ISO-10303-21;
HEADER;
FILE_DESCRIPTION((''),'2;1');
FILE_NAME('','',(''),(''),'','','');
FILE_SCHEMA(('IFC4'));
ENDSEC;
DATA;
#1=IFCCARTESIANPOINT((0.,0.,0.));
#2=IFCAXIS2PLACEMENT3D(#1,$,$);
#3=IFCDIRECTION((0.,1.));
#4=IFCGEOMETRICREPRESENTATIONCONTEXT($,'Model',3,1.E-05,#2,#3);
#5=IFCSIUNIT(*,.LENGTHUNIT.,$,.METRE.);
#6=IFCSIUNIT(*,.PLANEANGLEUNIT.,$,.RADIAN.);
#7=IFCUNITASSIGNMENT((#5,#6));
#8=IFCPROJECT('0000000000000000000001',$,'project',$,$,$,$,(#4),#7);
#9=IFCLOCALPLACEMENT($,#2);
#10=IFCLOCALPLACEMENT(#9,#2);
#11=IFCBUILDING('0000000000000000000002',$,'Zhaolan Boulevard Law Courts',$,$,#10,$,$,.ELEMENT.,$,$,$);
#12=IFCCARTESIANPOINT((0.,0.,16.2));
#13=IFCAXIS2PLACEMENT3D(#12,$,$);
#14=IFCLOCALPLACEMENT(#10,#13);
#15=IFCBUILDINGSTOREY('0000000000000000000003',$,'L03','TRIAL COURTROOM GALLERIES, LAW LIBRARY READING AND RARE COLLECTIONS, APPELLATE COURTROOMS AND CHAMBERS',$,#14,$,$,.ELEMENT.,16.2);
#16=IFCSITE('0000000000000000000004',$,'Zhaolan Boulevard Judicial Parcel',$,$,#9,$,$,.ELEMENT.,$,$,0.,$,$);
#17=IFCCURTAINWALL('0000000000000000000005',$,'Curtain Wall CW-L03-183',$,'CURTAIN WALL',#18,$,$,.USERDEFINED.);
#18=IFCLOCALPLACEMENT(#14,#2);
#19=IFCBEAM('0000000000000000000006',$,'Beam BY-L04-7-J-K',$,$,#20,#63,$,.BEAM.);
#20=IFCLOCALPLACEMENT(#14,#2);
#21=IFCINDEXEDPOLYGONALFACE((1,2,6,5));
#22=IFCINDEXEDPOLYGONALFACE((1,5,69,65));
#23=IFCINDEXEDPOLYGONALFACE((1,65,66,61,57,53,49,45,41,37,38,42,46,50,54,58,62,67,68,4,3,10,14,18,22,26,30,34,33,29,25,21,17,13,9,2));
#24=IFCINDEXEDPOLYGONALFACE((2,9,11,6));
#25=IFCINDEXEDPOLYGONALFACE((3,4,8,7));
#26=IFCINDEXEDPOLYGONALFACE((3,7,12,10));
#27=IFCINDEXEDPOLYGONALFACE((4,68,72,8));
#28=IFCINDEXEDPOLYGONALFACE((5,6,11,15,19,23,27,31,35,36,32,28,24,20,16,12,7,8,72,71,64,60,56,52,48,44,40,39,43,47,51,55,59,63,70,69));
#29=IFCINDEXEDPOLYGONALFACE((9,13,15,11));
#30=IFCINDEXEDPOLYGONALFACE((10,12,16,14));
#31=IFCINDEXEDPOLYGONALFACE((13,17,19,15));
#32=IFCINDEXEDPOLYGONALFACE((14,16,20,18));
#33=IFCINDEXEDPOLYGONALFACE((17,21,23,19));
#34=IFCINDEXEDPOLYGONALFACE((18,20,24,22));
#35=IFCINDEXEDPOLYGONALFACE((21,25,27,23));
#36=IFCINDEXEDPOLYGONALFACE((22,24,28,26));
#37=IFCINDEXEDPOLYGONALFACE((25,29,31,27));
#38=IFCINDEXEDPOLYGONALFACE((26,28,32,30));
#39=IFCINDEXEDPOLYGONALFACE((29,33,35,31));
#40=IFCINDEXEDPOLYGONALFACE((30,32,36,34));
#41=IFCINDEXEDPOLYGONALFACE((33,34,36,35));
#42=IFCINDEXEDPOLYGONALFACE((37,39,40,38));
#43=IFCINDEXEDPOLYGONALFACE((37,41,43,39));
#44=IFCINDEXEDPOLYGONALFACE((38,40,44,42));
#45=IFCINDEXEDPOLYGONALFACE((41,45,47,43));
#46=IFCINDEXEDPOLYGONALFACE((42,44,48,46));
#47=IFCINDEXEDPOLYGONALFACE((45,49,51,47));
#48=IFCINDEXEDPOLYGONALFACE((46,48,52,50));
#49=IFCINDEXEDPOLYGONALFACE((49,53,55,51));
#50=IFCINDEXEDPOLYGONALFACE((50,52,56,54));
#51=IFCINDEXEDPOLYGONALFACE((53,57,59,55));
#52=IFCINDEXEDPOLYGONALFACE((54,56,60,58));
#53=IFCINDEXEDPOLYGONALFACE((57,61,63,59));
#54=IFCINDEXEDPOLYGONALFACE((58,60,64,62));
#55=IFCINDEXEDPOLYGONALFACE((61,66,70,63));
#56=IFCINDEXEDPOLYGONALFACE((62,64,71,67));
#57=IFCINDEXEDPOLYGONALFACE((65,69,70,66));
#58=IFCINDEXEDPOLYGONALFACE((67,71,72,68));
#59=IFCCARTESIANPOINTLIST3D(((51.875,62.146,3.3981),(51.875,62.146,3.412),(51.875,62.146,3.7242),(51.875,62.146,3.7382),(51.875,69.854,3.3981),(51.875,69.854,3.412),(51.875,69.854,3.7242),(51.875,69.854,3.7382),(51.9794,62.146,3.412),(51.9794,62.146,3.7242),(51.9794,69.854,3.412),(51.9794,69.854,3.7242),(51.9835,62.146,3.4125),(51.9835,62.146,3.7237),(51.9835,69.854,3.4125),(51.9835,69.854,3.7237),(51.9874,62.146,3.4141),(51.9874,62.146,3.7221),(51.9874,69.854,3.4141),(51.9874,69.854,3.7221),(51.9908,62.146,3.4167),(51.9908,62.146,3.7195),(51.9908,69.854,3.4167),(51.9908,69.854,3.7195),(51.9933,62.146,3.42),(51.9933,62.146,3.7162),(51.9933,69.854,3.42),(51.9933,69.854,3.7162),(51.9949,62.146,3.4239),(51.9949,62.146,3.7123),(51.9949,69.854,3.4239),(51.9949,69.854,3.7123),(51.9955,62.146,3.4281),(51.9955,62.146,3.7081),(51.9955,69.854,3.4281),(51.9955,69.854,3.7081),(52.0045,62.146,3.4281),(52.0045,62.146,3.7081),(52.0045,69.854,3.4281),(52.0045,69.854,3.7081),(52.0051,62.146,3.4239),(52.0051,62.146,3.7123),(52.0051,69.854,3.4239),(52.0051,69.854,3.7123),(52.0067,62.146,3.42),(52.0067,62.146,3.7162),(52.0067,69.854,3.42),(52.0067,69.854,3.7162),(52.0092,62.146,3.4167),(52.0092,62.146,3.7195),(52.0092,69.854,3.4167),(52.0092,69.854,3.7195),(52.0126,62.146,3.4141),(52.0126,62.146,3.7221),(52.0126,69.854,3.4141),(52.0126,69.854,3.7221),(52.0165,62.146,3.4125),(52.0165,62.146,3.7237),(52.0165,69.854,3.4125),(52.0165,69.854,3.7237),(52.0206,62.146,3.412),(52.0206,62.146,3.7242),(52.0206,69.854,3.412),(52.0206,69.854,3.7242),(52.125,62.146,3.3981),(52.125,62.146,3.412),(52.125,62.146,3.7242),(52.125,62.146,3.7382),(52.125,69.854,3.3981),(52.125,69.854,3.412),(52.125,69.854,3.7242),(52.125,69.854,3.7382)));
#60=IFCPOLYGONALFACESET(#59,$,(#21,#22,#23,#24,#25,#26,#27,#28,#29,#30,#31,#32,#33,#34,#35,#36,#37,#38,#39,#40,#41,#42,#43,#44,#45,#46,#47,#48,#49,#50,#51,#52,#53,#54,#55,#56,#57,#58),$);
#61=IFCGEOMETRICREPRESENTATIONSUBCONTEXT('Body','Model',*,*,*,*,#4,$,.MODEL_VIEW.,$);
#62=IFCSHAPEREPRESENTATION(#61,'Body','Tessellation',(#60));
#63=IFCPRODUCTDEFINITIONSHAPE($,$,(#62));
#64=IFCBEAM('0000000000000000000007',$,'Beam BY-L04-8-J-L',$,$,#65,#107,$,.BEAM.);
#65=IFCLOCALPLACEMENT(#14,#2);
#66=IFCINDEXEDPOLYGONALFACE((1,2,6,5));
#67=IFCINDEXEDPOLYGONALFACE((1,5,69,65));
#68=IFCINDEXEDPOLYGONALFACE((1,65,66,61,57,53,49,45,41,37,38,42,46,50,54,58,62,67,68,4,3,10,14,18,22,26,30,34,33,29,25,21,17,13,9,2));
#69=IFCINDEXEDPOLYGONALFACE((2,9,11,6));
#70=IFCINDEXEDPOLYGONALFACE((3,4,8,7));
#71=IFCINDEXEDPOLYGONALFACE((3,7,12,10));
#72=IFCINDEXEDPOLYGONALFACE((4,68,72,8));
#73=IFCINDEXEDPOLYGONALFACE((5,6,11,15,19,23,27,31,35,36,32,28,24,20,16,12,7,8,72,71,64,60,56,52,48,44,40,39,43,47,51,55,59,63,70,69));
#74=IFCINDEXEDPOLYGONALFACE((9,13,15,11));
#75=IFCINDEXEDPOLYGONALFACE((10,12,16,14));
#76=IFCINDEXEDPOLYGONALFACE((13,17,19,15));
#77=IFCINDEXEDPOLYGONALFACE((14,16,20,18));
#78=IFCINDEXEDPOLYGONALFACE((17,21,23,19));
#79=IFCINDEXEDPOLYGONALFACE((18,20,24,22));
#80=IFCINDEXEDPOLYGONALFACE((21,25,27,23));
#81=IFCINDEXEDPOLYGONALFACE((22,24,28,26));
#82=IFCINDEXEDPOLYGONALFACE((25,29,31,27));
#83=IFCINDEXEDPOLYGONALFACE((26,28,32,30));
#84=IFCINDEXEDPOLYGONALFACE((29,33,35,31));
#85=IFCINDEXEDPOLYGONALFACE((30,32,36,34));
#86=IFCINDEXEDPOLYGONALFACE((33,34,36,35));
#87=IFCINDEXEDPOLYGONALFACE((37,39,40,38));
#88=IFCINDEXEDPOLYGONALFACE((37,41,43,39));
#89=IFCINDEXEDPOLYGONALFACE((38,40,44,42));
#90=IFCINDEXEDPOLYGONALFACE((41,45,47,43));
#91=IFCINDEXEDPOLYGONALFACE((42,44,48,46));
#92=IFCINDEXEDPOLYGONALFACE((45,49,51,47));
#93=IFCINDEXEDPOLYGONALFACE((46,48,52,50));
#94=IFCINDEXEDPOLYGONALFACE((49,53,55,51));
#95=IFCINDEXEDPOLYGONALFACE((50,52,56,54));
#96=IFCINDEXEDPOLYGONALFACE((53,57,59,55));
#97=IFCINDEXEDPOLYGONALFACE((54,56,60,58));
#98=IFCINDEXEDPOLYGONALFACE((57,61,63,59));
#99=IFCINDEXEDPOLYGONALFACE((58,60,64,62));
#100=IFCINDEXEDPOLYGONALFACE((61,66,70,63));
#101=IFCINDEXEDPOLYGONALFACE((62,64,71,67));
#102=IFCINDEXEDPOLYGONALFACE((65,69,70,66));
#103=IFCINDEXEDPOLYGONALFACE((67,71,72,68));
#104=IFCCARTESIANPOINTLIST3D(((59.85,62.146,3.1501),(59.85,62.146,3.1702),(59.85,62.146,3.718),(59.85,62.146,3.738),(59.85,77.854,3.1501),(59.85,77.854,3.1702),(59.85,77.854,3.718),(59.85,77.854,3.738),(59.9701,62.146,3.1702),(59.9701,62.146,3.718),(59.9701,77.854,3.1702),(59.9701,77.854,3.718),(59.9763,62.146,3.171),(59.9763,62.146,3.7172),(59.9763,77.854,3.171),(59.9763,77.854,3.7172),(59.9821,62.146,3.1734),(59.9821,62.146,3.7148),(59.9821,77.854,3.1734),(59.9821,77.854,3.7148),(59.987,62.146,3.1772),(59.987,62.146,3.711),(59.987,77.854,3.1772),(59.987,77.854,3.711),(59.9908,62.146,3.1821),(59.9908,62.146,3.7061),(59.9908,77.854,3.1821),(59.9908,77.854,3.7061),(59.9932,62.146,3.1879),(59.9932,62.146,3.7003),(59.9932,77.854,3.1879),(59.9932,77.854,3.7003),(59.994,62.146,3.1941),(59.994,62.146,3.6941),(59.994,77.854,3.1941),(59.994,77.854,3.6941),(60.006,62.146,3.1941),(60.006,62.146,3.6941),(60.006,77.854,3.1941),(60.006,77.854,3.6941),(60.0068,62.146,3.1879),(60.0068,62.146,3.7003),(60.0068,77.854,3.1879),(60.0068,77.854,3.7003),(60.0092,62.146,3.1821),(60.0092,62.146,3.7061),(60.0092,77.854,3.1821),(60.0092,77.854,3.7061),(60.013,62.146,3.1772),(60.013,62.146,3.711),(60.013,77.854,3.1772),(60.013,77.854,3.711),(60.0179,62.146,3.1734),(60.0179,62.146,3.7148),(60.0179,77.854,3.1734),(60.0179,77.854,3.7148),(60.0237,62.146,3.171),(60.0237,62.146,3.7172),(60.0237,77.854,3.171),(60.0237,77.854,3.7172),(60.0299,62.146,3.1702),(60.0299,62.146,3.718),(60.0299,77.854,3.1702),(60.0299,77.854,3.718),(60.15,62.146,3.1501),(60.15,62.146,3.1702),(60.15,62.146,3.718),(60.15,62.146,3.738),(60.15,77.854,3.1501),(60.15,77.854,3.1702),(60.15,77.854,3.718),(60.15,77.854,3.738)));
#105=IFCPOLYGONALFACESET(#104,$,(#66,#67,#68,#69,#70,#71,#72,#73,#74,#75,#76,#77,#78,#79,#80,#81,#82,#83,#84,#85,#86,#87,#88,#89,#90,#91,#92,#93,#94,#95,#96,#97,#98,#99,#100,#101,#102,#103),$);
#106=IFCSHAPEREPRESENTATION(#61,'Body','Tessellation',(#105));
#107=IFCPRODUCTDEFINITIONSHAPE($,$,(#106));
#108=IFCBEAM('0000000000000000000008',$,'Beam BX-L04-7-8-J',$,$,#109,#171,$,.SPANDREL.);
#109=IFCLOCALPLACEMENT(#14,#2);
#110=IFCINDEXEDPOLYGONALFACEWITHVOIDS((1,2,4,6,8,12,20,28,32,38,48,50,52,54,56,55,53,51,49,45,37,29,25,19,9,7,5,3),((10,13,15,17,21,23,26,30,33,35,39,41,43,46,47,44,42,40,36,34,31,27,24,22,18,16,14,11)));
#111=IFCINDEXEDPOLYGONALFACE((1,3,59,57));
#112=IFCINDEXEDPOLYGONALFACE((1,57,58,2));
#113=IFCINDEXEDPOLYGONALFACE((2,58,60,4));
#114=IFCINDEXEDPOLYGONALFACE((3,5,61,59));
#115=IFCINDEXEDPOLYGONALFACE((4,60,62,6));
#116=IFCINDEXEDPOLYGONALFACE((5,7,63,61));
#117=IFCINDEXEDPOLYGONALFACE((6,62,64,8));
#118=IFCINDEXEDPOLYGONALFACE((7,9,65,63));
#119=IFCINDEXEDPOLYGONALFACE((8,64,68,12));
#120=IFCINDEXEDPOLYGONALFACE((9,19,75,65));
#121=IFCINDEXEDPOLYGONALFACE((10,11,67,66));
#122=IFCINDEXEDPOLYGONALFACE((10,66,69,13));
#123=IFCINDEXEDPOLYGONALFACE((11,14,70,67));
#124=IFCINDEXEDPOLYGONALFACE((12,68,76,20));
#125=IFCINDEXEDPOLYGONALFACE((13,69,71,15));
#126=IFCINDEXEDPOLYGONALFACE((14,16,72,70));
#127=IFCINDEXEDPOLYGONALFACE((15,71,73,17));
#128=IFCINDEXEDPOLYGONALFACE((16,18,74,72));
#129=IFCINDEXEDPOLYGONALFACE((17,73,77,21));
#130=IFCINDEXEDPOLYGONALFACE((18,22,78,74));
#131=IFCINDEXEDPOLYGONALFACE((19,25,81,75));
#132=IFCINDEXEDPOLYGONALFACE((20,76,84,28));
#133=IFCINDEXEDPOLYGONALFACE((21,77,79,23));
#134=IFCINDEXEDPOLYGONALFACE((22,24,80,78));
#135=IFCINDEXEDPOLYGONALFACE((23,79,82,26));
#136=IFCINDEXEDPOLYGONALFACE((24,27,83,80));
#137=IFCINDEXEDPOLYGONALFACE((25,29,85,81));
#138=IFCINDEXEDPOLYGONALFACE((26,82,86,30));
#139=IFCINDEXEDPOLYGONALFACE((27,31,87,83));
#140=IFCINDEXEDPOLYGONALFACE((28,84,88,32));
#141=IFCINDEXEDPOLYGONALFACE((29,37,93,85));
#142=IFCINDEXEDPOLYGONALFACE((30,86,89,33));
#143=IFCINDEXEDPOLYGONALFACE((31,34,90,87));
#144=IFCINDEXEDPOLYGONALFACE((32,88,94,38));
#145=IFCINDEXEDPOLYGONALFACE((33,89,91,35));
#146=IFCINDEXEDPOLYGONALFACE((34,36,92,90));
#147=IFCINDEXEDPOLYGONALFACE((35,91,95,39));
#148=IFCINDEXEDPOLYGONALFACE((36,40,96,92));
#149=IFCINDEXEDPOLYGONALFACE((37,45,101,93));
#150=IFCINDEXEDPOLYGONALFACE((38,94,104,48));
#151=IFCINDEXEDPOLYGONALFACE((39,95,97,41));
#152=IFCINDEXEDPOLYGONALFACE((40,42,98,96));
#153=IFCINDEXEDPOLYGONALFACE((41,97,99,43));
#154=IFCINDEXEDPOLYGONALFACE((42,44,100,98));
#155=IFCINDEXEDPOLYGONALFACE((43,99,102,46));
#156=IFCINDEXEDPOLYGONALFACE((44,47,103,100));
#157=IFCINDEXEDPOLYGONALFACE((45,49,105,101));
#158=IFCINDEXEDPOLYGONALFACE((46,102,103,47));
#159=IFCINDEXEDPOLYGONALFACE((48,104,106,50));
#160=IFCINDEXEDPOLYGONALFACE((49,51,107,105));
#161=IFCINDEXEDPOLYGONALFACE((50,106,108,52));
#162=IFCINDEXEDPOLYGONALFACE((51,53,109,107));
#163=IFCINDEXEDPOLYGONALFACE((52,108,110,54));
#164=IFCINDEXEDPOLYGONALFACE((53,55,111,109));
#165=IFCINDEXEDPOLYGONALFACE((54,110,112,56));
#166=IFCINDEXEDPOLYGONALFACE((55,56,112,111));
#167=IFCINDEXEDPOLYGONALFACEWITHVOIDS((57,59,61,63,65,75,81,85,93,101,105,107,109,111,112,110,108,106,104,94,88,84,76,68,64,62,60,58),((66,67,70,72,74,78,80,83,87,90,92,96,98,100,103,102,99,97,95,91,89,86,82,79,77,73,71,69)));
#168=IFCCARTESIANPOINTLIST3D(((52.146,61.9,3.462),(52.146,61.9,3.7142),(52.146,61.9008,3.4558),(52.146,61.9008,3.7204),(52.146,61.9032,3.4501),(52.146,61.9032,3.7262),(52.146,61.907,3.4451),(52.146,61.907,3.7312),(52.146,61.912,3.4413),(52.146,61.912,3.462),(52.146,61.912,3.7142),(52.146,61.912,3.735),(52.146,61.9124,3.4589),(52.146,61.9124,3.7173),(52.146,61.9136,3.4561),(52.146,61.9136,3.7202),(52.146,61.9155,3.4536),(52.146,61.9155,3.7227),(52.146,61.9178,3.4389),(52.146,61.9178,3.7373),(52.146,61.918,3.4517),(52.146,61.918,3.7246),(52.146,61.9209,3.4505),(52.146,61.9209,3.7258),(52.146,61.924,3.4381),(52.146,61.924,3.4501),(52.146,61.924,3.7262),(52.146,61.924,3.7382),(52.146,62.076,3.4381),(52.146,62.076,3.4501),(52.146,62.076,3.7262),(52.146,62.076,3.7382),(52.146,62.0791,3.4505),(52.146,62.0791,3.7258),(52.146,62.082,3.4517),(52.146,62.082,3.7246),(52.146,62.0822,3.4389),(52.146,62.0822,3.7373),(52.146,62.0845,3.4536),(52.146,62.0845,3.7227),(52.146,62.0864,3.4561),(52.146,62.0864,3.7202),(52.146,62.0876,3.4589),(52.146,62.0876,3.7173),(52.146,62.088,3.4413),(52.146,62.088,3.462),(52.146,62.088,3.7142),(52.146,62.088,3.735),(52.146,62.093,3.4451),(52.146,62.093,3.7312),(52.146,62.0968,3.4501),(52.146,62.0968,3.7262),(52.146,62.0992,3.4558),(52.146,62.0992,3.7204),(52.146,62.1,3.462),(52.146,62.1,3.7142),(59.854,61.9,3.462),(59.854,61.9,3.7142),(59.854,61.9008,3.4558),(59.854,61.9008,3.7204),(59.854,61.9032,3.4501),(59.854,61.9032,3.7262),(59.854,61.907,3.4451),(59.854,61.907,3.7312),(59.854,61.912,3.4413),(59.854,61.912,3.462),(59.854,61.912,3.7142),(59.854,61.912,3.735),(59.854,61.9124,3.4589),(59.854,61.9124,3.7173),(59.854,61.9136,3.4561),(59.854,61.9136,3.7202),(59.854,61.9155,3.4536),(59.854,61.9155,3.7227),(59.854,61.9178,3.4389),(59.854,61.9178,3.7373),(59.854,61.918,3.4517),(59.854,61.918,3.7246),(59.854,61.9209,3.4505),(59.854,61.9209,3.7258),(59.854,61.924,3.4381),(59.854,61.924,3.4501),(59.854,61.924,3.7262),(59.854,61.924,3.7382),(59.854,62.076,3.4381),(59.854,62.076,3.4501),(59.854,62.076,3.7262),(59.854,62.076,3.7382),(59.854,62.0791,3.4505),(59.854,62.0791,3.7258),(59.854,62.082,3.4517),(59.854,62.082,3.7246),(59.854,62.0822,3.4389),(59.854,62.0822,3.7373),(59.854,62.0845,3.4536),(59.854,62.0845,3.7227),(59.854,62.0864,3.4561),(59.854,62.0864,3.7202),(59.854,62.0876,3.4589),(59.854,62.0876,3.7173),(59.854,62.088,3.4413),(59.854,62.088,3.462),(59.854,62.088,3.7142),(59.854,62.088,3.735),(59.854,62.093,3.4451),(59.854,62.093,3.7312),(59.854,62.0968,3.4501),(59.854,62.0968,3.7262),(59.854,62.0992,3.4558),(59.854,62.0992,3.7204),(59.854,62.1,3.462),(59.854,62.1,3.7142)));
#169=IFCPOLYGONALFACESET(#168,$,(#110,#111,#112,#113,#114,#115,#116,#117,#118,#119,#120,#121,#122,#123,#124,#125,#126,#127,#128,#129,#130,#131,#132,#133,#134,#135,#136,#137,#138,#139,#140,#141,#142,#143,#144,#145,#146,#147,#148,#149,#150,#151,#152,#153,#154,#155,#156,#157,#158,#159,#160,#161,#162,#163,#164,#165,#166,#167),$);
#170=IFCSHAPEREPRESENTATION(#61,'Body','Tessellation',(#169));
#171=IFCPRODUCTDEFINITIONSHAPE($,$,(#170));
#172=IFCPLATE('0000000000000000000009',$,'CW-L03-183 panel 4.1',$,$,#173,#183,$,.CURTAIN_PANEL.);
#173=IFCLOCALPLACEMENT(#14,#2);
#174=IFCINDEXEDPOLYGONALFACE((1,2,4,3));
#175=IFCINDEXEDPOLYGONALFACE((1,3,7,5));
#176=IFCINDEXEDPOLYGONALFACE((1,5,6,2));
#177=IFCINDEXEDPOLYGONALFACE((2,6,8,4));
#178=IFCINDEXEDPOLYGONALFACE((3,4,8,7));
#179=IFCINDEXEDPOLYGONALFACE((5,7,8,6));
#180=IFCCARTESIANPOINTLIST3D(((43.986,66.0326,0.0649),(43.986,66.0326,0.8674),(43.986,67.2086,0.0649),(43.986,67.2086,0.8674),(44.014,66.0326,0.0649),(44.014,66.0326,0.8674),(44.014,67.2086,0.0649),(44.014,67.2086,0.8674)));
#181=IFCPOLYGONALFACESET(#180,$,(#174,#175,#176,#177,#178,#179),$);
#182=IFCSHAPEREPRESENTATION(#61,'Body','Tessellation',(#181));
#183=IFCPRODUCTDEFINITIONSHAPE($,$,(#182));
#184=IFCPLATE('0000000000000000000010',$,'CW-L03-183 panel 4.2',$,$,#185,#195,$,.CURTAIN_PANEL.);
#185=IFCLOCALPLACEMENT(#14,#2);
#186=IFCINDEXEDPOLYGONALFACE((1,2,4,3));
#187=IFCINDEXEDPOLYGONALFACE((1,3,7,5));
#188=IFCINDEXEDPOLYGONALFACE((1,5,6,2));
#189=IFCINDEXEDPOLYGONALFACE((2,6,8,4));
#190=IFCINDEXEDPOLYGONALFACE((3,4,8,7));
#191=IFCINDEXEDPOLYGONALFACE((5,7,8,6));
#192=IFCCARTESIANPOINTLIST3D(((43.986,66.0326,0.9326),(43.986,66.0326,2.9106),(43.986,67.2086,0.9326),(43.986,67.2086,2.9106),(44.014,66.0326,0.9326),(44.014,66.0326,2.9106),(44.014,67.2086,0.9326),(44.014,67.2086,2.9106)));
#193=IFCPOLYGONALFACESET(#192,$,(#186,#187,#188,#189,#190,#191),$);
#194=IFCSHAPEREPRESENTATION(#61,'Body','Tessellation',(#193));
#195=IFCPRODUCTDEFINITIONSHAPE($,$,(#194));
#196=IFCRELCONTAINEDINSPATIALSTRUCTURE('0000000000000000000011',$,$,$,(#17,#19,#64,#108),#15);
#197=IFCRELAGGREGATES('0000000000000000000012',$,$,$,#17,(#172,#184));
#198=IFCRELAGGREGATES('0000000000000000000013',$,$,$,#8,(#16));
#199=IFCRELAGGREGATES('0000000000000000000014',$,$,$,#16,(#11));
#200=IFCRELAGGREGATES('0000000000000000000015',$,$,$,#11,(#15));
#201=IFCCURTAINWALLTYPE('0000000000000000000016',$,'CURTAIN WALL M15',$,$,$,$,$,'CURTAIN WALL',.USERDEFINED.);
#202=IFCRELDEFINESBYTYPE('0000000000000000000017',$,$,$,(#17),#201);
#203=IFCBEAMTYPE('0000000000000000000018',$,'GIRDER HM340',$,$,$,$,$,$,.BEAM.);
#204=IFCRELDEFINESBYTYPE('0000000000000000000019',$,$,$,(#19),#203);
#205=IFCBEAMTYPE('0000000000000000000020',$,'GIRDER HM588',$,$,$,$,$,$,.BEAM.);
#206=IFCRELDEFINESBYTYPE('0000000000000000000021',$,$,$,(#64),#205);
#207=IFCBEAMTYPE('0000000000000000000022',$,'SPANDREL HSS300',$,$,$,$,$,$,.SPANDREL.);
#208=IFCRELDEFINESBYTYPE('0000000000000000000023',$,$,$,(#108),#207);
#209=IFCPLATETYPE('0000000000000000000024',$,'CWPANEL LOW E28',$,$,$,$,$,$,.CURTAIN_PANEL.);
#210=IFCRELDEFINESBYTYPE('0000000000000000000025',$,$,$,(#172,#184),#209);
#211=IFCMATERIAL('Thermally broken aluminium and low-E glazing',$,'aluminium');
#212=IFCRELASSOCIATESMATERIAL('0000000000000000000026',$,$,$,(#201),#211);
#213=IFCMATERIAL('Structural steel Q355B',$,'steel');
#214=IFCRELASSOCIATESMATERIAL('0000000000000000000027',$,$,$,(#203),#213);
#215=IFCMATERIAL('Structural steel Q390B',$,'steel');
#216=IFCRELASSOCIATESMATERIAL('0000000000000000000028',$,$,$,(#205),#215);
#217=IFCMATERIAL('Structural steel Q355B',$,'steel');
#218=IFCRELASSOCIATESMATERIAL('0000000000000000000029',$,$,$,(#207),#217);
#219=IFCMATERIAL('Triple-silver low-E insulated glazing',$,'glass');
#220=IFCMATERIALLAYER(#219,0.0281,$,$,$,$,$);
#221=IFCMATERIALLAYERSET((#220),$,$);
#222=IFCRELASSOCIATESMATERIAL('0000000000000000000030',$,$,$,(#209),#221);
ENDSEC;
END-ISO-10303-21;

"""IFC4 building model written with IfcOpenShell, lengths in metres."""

from ifc_helpers import new_model, si_unit, direction, frame, origin, origin_2d, place, context, subcontext, project, spatial, rectangle, hollow_rectangle, i_section, extrude, material, layer, layer_set, material_profile, profile_set, type_object, element, aggregate, save


model = new_model("IFC4")

# Units and contexts
model_context = context("Model", 3, precision=1e-05, world=origin(), true_north=direction((0.0, 1.0)))
body_context = subcontext(model_context, "Body", "Model", "MODEL_VIEW")
ifc_project = project(units=[si_unit("LENGTHUNIT", "METRE"), si_unit("PLANEANGLEUNIT", "RADIAN")], contexts=[model_context])

# Site, building, storey
site_placement = place(None, origin())
site = spatial("IfcSite", under=ifc_project, at=site_placement, Name="Zhaolan Boulevard Judicial Parcel", CompositionType="ELEMENT", RefElevation=0.0)
building_placement = place(site_placement, origin())
building = spatial("IfcBuilding", under=site, at=building_placement, Name="Zhaolan Boulevard Law Courts", CompositionType="ELEMENT")
storey_placement = place(building_placement, frame((0.0, 0.0, 16.2)))
storey = spatial("IfcBuildingStorey", under=building, at=storey_placement, Name="L03", Description="TRIAL COURTROOM GALLERIES, LAW LIBRARY READING AND RARE COLLECTIONS, APPELLATE COURTROOMS AND CHAMBERS", CompositionType="ELEMENT", Elevation=16.2)

# Curtain wall
ifc_material_1 = material(Name="Thermally broken aluminium and low-E glazing", Category="aluminium")
curtain_wall_type = type_object("IfcCurtainWallType", Name="CURTAIN WALL M15", ElementType="CURTAIN WALL", PredefinedType="USERDEFINED", material=ifc_material_1)
curtain_wall_placement = place(storey_placement, origin())
curtain_wall = element("IfcCurtainWall", 1, at=curtain_wall_placement, inside=storey, type_object=curtain_wall_type, Name="Curtain Wall CW-L03-183", ObjectType="CURTAIN WALL", PredefinedType="USERDEFINED")

# Beams
ifc_material_2 = material(Name="Structural steel Q355B", Category="steel")
ifc_material_profile_1 = material_profile(ifc_material_2, i_section(OverallWidth=0.25, OverallDepth=0.3401, WebThickness=0.009, FlangeThickness=0.0139, FilletRadius=0.0161, at=origin_2d()), Name="HM340x250")
ifc_profile_set_1 = profile_set([ifc_material_profile_1], Name="Structural steel Q355B")
beam_type_1 = type_object("IfcBeamType", Name="GIRDER HM340", PredefinedType="BEAM", material=ifc_profile_set_1)
beam_1_placement = place(storey_placement, frame((52.0, 62.146, 3.5681), z_axis=(0.0, 1.0, 0.0), x_axis=(-1.0, 0.0, 0.0)))
element("IfcBeam", 2, at=beam_1_placement, inside=storey, type_object=beam_type_1, Name="Beam BY-L04-7-J-K", PredefinedType="BEAM", context=body_context, shape_type="SweptSolid", body=[
    extrude(i_section(OverallWidth=0.25, OverallDepth=0.3401, WebThickness=0.009, FlangeThickness=0.0139, FilletRadius=0.0161, at=origin_2d()), origin(), (0.0, 0.0, 1.0), 7.708),
])
ifc_material_3 = material(Name="Structural steel Q390B", Category="steel")
ifc_material_profile_2 = material_profile(ifc_material_3, i_section(OverallWidth=0.3, OverallDepth=0.5879, WebThickness=0.012, FlangeThickness=0.02, FilletRadius=0.0239, at=origin_2d()), Name="HM588x300")
ifc_profile_set_2 = profile_set([ifc_material_profile_2], Name="Structural steel Q390B")
beam_type_2 = type_object("IfcBeamType", Name="GIRDER HM588", PredefinedType="BEAM", material=ifc_profile_set_2)
beam_2_placement = place(storey_placement, frame((60.0, 62.146, 3.4441), z_axis=(0.0, 1.0, 0.0), x_axis=(-1.0, 0.0, 0.0)))
element("IfcBeam", 3, at=beam_2_placement, inside=storey, type_object=beam_type_2, Name="Beam BY-L04-8-J-L", PredefinedType="BEAM", context=body_context, shape_type="SweptSolid", body=[
    extrude(i_section(OverallWidth=0.3, OverallDepth=0.5879, WebThickness=0.012, FlangeThickness=0.02, FilletRadius=0.0239, at=origin_2d()), origin(), (0.0, 0.0, 1.0), 15.708),
])
ifc_material_4 = material(Name="Structural steel Q355B", Category="steel")
ifc_material_profile_3 = material_profile(ifc_material_4, hollow_rectangle(XDim=0.2, YDim=0.3, WallThickness=0.012, InnerFilletRadius=0.012, OuterFilletRadius=0.0239, at=origin_2d()), Name="HSS300x200x12")
ifc_profile_set_3 = profile_set([ifc_material_profile_3], Name="Structural steel Q355B")
beam_type_3 = type_object("IfcBeamType", Name="SPANDREL HSS300", PredefinedType="SPANDREL", material=ifc_profile_set_3)
beam_3_placement = place(storey_placement, frame((52.146, 62.0, 3.5881), z_axis=(1.0, 0.0, 0.0), x_axis=(0.0, 1.0, 0.0)))
element("IfcBeam", 4, at=beam_3_placement, inside=storey, type_object=beam_type_3, Name="Beam BX-L04-7-8-J", PredefinedType="SPANDREL", context=body_context, shape_type="SweptSolid", body=[
    extrude(hollow_rectangle(XDim=0.2, YDim=0.3, WallThickness=0.012, InnerFilletRadius=0.012, OuterFilletRadius=0.0239, at=origin_2d()), origin(), (0.0, 0.0, 1.0), 7.708),
])

# Plates
ifc_material_5 = material(Name="Triple-silver low-E insulated glazing", Category="glass")
ifc_layer_1 = layer(ifc_material_5, 0.0281)
ifc_layer_set_1 = layer_set([ifc_layer_1])
plate_type_1 = type_object("IfcPlateType", Name="CWPANEL LOW E28", PredefinedType="CURTAIN_PANEL", material=ifc_layer_set_1)
plate_1_placement = place(storey_placement, frame((44.0, 66.6206, 0.0649), z_axis=(0.0, 0.0, 1.0), x_axis=(0.0, 1.0, 0.0)))
plate_1 = element("IfcPlate", 5, at=plate_1_placement, type_object=plate_type_1, Name="CW-L03-183 panel 4.1", PredefinedType="CURTAIN_PANEL", context=body_context, shape_type="SweptSolid", body=[
    extrude(rectangle(XDim=1.176, YDim=0.0281, at=origin_2d()), origin(), (0.0, 0.0, 1.0), 0.8025),
])
plate_2_placement = place(storey_placement, frame((44.0, 66.6206, 0.9326), z_axis=(0.0, 0.0, 1.0), x_axis=(0.0, 1.0, 0.0)))
plate_2 = element("IfcPlate", 6, at=plate_2_placement, type_object=plate_type_1, Name="CW-L03-183 panel 4.2", PredefinedType="CURTAIN_PANEL", context=body_context, shape_type="SweptSolid", body=[
    extrude(rectangle(XDim=1.176, YDim=0.0281, at=origin_2d()), origin(), (0.0, 0.0, 1.0), 1.978),
])
aggregate(curtain_wall, [plate_1, plate_2])

save(model, "model.ifc")
